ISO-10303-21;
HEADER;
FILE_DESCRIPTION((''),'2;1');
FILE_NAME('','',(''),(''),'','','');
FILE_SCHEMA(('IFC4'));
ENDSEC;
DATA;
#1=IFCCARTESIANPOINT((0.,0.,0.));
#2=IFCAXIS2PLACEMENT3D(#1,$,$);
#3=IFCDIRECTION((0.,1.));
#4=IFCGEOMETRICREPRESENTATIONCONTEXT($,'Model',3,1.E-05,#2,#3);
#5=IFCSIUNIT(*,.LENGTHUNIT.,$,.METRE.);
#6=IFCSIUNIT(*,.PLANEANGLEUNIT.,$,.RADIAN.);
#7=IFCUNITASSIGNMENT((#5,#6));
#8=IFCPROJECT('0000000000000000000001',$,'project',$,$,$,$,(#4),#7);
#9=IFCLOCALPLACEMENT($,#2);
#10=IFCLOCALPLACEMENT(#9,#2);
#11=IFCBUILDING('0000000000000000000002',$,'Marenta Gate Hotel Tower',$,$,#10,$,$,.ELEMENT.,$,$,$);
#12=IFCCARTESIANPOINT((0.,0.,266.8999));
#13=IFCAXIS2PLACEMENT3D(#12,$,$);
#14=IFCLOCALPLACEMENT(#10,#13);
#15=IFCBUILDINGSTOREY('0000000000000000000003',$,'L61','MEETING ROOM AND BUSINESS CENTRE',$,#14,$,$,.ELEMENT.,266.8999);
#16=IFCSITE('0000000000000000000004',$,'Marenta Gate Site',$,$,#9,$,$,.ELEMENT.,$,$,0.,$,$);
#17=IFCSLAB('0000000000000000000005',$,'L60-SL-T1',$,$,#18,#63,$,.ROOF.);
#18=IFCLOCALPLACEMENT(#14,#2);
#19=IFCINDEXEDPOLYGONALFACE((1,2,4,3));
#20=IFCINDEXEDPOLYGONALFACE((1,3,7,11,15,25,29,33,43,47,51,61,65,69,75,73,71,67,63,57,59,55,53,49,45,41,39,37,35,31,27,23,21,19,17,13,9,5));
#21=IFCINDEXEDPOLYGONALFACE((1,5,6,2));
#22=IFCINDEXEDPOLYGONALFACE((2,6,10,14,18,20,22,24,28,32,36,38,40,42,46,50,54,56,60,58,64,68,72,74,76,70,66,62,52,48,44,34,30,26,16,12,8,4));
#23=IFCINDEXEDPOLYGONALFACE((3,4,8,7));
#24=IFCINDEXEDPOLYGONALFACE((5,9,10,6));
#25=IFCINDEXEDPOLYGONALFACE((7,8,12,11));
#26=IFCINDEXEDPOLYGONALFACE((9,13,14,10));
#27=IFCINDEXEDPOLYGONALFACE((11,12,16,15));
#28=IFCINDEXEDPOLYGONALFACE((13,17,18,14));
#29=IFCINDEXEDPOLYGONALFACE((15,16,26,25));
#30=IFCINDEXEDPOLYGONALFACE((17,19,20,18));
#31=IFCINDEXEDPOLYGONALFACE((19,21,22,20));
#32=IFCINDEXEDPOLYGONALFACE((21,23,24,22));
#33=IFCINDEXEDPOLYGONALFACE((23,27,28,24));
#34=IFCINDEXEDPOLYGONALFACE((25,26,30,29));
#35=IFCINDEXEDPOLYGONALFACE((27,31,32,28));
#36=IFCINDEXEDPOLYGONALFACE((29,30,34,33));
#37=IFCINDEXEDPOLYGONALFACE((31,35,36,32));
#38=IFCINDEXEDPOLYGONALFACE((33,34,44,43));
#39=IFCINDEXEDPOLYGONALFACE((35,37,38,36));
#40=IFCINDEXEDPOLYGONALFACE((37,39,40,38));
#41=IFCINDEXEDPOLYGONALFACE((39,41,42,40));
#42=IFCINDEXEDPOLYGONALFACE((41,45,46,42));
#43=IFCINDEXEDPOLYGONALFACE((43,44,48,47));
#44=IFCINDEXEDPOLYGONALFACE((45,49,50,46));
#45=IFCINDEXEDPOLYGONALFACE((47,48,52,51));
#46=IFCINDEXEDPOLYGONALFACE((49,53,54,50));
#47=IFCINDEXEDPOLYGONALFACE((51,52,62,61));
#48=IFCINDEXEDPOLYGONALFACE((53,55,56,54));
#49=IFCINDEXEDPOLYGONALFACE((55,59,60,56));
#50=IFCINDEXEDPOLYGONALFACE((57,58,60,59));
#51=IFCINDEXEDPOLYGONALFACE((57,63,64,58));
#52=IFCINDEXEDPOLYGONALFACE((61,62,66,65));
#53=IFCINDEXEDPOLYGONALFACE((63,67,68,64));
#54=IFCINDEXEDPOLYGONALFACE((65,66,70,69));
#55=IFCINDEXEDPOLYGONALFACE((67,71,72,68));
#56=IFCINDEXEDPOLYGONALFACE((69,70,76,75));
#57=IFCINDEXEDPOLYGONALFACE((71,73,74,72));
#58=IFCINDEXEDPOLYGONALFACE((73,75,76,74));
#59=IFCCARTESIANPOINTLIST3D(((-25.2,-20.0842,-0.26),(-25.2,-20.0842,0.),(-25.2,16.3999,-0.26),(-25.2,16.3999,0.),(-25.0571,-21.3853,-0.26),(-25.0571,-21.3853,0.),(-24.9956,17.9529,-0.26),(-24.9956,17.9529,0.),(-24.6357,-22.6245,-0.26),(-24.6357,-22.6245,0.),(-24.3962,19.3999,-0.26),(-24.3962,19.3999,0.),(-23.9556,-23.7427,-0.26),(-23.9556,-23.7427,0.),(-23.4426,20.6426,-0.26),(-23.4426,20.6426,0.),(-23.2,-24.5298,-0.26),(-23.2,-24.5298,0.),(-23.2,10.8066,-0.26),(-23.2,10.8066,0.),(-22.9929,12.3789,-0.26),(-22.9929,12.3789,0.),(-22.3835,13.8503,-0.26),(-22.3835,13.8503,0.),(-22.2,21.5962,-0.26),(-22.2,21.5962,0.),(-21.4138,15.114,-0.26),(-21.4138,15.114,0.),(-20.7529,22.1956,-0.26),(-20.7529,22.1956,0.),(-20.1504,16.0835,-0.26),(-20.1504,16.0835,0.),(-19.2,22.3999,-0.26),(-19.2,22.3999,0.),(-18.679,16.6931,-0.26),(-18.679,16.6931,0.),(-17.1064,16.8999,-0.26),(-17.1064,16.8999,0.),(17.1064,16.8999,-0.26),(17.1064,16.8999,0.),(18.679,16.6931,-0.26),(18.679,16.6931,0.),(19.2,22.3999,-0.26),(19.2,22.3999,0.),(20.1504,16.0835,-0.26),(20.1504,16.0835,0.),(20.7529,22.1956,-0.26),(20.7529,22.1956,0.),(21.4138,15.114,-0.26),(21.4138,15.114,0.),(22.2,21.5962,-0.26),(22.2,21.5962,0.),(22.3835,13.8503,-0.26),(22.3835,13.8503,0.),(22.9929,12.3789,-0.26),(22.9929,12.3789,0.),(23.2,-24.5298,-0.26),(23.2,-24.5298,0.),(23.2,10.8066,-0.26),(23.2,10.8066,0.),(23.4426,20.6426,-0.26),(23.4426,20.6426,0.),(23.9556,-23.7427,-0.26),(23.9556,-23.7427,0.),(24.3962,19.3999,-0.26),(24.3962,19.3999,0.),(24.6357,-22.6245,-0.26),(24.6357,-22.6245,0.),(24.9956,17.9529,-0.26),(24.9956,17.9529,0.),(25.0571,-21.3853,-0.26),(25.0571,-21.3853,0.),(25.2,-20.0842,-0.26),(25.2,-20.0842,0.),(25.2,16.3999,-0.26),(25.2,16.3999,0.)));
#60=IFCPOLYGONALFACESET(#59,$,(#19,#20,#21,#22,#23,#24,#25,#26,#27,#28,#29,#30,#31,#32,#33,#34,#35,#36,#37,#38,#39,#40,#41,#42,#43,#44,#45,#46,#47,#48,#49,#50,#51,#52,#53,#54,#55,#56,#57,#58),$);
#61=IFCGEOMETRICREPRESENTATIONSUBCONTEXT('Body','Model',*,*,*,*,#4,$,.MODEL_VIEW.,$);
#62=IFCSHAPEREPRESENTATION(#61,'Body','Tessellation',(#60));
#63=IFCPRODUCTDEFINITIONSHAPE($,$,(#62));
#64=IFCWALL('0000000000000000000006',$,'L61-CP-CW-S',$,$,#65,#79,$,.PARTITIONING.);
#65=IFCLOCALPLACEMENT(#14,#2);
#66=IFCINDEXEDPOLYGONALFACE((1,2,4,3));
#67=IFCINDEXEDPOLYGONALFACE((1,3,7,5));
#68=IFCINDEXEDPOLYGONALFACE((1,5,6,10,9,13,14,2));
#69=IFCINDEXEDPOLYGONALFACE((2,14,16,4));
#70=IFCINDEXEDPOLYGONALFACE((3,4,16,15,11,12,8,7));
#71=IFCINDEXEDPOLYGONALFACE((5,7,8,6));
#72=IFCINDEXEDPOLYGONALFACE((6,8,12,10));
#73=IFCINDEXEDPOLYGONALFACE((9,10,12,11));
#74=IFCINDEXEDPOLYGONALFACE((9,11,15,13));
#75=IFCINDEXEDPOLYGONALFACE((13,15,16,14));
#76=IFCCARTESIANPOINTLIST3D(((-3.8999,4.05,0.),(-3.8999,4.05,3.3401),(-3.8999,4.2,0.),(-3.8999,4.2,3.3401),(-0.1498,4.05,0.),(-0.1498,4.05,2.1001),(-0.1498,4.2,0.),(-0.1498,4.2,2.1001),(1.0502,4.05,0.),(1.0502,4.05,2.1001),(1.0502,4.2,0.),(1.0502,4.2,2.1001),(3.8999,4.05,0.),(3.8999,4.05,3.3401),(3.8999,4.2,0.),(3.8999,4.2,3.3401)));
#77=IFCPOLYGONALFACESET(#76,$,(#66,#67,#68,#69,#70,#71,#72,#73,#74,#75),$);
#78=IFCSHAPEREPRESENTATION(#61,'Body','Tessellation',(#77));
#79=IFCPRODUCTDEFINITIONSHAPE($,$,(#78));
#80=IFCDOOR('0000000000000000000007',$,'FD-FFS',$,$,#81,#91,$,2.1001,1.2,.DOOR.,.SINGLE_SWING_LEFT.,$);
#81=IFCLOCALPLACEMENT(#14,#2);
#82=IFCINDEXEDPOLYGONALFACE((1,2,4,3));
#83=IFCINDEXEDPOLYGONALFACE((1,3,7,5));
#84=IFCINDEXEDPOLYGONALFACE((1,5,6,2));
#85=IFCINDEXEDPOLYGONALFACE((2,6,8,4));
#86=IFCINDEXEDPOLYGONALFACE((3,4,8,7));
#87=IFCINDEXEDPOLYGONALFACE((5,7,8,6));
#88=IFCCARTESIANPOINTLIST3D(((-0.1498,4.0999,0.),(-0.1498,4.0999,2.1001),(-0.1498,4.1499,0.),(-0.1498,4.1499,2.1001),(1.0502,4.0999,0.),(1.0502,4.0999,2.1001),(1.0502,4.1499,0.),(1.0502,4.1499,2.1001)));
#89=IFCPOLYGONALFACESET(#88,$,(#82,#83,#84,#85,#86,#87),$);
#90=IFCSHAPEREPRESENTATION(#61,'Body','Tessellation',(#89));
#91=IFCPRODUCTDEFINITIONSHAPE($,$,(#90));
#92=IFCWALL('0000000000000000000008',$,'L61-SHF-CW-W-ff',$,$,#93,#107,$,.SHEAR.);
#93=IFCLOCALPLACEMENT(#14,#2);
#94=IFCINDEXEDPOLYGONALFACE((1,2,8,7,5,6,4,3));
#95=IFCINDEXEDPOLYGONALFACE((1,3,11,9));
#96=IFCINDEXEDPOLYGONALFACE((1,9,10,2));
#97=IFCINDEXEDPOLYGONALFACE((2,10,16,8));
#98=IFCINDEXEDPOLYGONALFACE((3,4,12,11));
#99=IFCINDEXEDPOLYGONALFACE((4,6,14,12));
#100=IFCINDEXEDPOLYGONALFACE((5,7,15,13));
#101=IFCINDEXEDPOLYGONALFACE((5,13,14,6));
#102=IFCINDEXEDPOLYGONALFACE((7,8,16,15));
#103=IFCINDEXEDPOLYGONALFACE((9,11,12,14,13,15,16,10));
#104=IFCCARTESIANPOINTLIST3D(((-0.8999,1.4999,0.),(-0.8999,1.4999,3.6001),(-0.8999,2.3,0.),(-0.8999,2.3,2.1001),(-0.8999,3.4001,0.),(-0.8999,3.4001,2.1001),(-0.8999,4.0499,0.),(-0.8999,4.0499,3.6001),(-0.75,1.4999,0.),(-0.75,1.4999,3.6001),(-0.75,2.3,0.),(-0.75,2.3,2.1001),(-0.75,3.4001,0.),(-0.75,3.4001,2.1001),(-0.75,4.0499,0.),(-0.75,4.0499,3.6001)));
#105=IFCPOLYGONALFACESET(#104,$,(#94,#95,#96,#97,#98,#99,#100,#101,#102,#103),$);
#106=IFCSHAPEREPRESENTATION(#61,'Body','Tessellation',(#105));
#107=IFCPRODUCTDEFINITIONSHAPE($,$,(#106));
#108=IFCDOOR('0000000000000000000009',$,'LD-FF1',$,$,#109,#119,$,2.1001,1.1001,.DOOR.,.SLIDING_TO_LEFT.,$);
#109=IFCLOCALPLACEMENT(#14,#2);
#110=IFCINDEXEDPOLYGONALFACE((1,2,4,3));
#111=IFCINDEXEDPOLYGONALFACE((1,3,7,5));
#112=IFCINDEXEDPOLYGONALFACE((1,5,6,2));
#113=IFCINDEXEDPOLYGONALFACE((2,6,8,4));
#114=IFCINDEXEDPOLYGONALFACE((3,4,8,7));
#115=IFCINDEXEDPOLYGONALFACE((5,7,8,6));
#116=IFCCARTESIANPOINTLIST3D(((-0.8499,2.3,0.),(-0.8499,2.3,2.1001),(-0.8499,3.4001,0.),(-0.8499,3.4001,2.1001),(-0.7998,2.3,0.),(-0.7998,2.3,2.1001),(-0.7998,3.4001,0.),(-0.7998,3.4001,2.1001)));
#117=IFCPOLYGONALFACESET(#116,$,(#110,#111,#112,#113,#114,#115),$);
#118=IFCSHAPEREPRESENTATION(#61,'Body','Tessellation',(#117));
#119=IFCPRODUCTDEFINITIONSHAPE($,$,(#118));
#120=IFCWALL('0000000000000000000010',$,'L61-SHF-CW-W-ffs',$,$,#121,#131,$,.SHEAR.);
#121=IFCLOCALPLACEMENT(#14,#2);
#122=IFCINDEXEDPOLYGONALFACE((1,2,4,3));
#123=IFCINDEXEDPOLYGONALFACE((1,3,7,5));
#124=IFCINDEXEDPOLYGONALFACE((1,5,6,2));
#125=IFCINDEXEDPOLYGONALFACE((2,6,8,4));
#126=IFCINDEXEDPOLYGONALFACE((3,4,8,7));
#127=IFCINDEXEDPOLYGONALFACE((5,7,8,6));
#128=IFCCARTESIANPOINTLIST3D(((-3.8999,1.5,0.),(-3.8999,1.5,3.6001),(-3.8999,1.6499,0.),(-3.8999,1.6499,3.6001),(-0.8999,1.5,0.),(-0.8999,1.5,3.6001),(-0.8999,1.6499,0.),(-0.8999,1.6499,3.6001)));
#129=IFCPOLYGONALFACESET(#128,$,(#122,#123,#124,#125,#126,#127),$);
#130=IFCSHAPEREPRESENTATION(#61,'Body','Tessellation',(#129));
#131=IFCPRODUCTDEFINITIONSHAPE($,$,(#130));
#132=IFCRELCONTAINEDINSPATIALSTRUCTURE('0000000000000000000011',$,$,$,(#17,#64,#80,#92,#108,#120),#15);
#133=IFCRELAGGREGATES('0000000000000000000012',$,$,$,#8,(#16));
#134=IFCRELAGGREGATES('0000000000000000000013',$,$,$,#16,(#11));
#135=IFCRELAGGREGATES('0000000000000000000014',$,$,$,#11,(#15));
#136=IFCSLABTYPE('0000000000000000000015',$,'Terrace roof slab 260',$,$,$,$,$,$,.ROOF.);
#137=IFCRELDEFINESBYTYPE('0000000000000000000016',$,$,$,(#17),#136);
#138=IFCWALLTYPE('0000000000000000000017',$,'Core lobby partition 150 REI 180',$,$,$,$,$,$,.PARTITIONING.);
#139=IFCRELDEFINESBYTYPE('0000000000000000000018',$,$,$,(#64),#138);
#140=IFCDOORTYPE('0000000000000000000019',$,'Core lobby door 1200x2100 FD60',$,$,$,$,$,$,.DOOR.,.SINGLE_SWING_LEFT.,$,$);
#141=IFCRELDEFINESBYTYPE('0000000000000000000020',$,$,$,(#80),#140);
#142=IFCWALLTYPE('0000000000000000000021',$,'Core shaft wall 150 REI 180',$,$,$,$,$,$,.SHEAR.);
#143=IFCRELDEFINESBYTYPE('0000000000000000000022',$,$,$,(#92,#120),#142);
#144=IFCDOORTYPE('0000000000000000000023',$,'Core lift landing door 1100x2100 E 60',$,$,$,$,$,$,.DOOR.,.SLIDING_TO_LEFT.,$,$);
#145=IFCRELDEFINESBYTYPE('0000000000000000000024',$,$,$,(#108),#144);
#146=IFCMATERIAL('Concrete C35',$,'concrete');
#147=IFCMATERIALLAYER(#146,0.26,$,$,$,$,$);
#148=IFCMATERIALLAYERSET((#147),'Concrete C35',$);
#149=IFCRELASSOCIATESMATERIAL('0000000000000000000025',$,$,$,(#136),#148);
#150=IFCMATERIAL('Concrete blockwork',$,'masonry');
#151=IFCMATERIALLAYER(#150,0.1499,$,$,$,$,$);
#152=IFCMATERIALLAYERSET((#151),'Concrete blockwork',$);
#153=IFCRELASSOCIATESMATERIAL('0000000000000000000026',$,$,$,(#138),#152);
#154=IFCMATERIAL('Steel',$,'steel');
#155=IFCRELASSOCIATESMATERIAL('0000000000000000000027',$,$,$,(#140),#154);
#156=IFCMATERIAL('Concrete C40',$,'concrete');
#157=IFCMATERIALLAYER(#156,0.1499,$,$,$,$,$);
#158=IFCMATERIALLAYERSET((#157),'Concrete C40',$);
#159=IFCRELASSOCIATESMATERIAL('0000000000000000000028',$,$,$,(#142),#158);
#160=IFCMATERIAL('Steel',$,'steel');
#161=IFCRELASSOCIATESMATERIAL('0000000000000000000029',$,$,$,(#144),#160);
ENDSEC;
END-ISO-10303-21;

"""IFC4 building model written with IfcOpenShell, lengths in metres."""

from ifc_helpers import new_model, si_unit, direction, frame, frame_2d, origin, place, context, subcontext, project, spatial, polyline, rectangle, outline, extrude, material, layer, layer_set, type_object, element, fill, save


model = new_model("IFC4")

# Units and contexts
model_context = context("Model", 3, precision=1e-05, world=origin(), true_north=direction((0.0, 1.0)))
body_context = subcontext(model_context, "Body", "Model", "MODEL_VIEW")
ifc_project = project(units=[si_unit("LENGTHUNIT", "METRE"), si_unit("PLANEANGLEUNIT", "RADIAN")], contexts=[model_context])

# Site, building, storey
site_placement = place(None, origin())
site = spatial("IfcSite", under=ifc_project, at=site_placement, Name="Marenta Gate Site", CompositionType="ELEMENT", RefElevation=0.0)
building_placement = place(site_placement, origin())
building = spatial("IfcBuilding", under=site, at=building_placement, Name="Marenta Gate Hotel Tower", CompositionType="ELEMENT")
storey_placement = place(building_placement, frame((0.0, 0.0, 266.8999)))
storey = spatial("IfcBuildingStorey", under=building, at=storey_placement, Name="L61", Description="MEETING ROOM AND BUSINESS CENTRE", CompositionType="ELEMENT", Elevation=266.8999)

# Slab
ifc_material_1 = material(Name="Concrete C35", Category="concrete")
ifc_layer_1 = layer(ifc_material_1, 0.26)
ifc_layer_set_1 = layer_set([ifc_layer_1], Name="Concrete C35")
slab_type_1 = type_object("IfcSlabType", Name="Terrace roof slab 260", PredefinedType="ROOF", material=ifc_layer_set_1)
slab_1_placement = place(storey_placement, frame((0.0, 0.0, -0.26)))
element("IfcSlab", 1, at=slab_1_placement, inside=storey, type_object=slab_type_1, Name="L60-SL-T1", PredefinedType="ROOF", context=body_context, shape_type="SweptSolid", body=[
    extrude(outline(polyline([(-25.2, -20.0842), (-25.2, 16.3999), (-24.9956, 17.9529), (-24.3962, 19.3999), (-23.4426, 20.6426), (-22.2, 21.5962), (-20.7529, 22.1956), (-19.2, 22.3999), (19.2, 22.3999), (20.7529, 22.1956), (22.2, 21.5962), (23.4426, 20.6426), (24.3962, 19.3999), (24.9956, 17.9529), (25.2, 16.3999), (25.2, -20.0842), (25.0571, -21.3853), (24.6357, -22.6245), (23.9556, -23.7427), (23.2, -24.5298), (23.2, 10.8066), (22.9929, 12.3789), (22.3835, 13.8503), (21.4138, 15.114), (20.1504, 16.0835), (18.679, 16.6931), (17.1064, 16.8999), (-17.1064, 16.8999), (-18.679, 16.6931), (-20.1504, 16.0835), (-21.4138, 15.114), (-22.3835, 13.8503), (-22.9929, 12.3789), (-23.2, 10.8066), (-23.2, -24.5298), (-23.9556, -23.7427), (-24.6357, -22.6245), (-25.0571, -21.3853), (-25.2, -20.0842)])), origin(), (0.0, 0.0, 1.0), 0.26),
])

# Walls, openings, doors
ifc_material_2 = material(Name="Concrete blockwork", Category="masonry")
ifc_layer_2 = layer(ifc_material_2, 0.1499)
ifc_layer_set_2 = layer_set([ifc_layer_2], Name="Concrete blockwork")
wall_type_1 = type_object("IfcWallType", Name="Core lobby partition 150 REI 180", PredefinedType="PARTITIONING", material=ifc_layer_set_2)
wall_1_placement = place(storey_placement, frame((-3.8999, 4.125, 0.0), z_axis=(0.0, 0.0, 1.0), x_axis=(1.0, 0.0, 0.0)))
wall_1 = element("IfcWall", 2, at=wall_1_placement, inside=storey, type_object=wall_type_1, Name="L61-CP-CW-S", PredefinedType="PARTITIONING", context=body_context, shape_type="SweptSolid", body=[
    extrude(rectangle(XDim=7.7998, YDim=0.1499, at=frame_2d((3.8999, 0.0))), origin(), (0.0, 0.0, 1.0), 3.3401),
])
opening_1_placement = place(wall_1_placement, frame((3.75, 0.0, 0.0)))
opening_1 = element("IfcOpeningElement", 3, at=opening_1_placement, cuts=wall_1, PredefinedType="OPENING", context=body_context, shape_type="SweptSolid", body=[
    extrude(rectangle(XDim=1.2, YDim=2.1001, at=frame_2d((0.6001, 1.05))), frame((0.0, 0.075, 0.0), z_axis=(0.0, -1.0, 0.0), x_axis=(1.0, 0.0, 0.0)), (0.0, 0.0, 1.0), 0.1499),
])
ifc_material_3 = material(Name="Steel", Category="steel")
door_type_1 = type_object("IfcDoorType", Name="Core lobby door 1200x2100 FD60", OperationType="SINGLE_SWING_LEFT", PredefinedType="DOOR", material=ifc_material_3)
door_1_placement = place(opening_1_placement, origin())
door_1 = element("IfcDoor", 4, at=door_1_placement, inside=storey, type_object=door_type_1, Name="FD-FFS", OperationType="SINGLE_SWING_LEFT", OverallHeight=2.1001, OverallWidth=1.2, PredefinedType="DOOR", context=body_context, shape_type="SweptSolid", body=[
    extrude(rectangle(XDim=1.2, YDim=2.1001, at=frame_2d((0.6001, 1.05))), frame((0.0, 0.0249, 0.0), z_axis=(0.0, -1.0, 0.0), x_axis=(1.0, 0.0, 0.0)), (0.0, 0.0, 1.0), 0.05),
])
fill(opening_1, door_1)
ifc_material_4 = material(Name="Concrete C40", Category="concrete")
ifc_layer_3 = layer(ifc_material_4, 0.1499)
ifc_layer_set_3 = layer_set([ifc_layer_3], Name="Concrete C40")
wall_type_2 = type_object("IfcWallType", Name="Core shaft wall 150 REI 180", PredefinedType="SHEAR", material=ifc_layer_set_3)
wall_2_placement = place(storey_placement, frame((-0.825, 1.5, 0.0), z_axis=(0.0, 0.0, 1.0), x_axis=(0.0, 1.0, 0.0)))
wall_2 = element("IfcWall", 5, at=wall_2_placement, inside=storey, type_object=wall_type_2, Name="L61-SHF-CW-W-ff", PredefinedType="SHEAR", context=body_context, shape_type="SweptSolid", body=[
    extrude(rectangle(XDim=2.55, YDim=0.1499, at=frame_2d((1.2749, 0.0))), origin(), (0.0, 0.0, 1.0), 3.6001),
])
opening_2_placement = place(wall_2_placement, frame((0.8, 0.0, 0.0)))
opening_2 = element("IfcOpeningElement", 6, at=opening_2_placement, cuts=wall_2, PredefinedType="OPENING", context=body_context, shape_type="SweptSolid", body=[
    extrude(rectangle(XDim=1.1001, YDim=2.1001, at=frame_2d((0.55, 1.05))), frame((0.0, 0.075, 0.0), z_axis=(0.0, -1.0, 0.0), x_axis=(1.0, 0.0, 0.0)), (0.0, 0.0, 1.0), 0.1499),
])
ifc_material_5 = material(Name="Steel", Category="steel")
door_type_2 = type_object("IfcDoorType", Name="Core lift landing door 1100x2100 E 60", OperationType="SLIDING_TO_LEFT", PredefinedType="DOOR", material=ifc_material_5)
door_2_placement = place(opening_2_placement, origin())
door_2 = element("IfcDoor", 7, at=door_2_placement, inside=storey, type_object=door_type_2, Name="LD-FF1", OperationType="SLIDING_TO_LEFT", OverallHeight=2.1001, OverallWidth=1.1001, PredefinedType="DOOR", context=body_context, shape_type="SweptSolid", body=[
    extrude(rectangle(XDim=1.1001, YDim=2.1001, at=frame_2d((0.55, 1.05))), frame((0.0, 0.0249, 0.0), z_axis=(0.0, -1.0, 0.0), x_axis=(1.0, 0.0, 0.0)), (0.0, 0.0, 1.0), 0.05),
])
fill(opening_2, door_2)

# Wall
wall_3_placement = place(storey_placement, frame((-3.8999, 1.575, 0.0), z_axis=(0.0, 0.0, 1.0), x_axis=(1.0, 0.0, 0.0)))
element("IfcWall", 8, at=wall_3_placement, inside=storey, type_object=wall_type_2, Name="L61-SHF-CW-W-ffs", PredefinedType="SHEAR", context=body_context, shape_type="SweptSolid", body=[
    extrude(rectangle(XDim=3.0, YDim=0.1499, at=frame_2d((1.5, 0.0))), origin(), (0.0, 0.0, 1.0), 3.6001),
])

save(model, "model.ifc")
